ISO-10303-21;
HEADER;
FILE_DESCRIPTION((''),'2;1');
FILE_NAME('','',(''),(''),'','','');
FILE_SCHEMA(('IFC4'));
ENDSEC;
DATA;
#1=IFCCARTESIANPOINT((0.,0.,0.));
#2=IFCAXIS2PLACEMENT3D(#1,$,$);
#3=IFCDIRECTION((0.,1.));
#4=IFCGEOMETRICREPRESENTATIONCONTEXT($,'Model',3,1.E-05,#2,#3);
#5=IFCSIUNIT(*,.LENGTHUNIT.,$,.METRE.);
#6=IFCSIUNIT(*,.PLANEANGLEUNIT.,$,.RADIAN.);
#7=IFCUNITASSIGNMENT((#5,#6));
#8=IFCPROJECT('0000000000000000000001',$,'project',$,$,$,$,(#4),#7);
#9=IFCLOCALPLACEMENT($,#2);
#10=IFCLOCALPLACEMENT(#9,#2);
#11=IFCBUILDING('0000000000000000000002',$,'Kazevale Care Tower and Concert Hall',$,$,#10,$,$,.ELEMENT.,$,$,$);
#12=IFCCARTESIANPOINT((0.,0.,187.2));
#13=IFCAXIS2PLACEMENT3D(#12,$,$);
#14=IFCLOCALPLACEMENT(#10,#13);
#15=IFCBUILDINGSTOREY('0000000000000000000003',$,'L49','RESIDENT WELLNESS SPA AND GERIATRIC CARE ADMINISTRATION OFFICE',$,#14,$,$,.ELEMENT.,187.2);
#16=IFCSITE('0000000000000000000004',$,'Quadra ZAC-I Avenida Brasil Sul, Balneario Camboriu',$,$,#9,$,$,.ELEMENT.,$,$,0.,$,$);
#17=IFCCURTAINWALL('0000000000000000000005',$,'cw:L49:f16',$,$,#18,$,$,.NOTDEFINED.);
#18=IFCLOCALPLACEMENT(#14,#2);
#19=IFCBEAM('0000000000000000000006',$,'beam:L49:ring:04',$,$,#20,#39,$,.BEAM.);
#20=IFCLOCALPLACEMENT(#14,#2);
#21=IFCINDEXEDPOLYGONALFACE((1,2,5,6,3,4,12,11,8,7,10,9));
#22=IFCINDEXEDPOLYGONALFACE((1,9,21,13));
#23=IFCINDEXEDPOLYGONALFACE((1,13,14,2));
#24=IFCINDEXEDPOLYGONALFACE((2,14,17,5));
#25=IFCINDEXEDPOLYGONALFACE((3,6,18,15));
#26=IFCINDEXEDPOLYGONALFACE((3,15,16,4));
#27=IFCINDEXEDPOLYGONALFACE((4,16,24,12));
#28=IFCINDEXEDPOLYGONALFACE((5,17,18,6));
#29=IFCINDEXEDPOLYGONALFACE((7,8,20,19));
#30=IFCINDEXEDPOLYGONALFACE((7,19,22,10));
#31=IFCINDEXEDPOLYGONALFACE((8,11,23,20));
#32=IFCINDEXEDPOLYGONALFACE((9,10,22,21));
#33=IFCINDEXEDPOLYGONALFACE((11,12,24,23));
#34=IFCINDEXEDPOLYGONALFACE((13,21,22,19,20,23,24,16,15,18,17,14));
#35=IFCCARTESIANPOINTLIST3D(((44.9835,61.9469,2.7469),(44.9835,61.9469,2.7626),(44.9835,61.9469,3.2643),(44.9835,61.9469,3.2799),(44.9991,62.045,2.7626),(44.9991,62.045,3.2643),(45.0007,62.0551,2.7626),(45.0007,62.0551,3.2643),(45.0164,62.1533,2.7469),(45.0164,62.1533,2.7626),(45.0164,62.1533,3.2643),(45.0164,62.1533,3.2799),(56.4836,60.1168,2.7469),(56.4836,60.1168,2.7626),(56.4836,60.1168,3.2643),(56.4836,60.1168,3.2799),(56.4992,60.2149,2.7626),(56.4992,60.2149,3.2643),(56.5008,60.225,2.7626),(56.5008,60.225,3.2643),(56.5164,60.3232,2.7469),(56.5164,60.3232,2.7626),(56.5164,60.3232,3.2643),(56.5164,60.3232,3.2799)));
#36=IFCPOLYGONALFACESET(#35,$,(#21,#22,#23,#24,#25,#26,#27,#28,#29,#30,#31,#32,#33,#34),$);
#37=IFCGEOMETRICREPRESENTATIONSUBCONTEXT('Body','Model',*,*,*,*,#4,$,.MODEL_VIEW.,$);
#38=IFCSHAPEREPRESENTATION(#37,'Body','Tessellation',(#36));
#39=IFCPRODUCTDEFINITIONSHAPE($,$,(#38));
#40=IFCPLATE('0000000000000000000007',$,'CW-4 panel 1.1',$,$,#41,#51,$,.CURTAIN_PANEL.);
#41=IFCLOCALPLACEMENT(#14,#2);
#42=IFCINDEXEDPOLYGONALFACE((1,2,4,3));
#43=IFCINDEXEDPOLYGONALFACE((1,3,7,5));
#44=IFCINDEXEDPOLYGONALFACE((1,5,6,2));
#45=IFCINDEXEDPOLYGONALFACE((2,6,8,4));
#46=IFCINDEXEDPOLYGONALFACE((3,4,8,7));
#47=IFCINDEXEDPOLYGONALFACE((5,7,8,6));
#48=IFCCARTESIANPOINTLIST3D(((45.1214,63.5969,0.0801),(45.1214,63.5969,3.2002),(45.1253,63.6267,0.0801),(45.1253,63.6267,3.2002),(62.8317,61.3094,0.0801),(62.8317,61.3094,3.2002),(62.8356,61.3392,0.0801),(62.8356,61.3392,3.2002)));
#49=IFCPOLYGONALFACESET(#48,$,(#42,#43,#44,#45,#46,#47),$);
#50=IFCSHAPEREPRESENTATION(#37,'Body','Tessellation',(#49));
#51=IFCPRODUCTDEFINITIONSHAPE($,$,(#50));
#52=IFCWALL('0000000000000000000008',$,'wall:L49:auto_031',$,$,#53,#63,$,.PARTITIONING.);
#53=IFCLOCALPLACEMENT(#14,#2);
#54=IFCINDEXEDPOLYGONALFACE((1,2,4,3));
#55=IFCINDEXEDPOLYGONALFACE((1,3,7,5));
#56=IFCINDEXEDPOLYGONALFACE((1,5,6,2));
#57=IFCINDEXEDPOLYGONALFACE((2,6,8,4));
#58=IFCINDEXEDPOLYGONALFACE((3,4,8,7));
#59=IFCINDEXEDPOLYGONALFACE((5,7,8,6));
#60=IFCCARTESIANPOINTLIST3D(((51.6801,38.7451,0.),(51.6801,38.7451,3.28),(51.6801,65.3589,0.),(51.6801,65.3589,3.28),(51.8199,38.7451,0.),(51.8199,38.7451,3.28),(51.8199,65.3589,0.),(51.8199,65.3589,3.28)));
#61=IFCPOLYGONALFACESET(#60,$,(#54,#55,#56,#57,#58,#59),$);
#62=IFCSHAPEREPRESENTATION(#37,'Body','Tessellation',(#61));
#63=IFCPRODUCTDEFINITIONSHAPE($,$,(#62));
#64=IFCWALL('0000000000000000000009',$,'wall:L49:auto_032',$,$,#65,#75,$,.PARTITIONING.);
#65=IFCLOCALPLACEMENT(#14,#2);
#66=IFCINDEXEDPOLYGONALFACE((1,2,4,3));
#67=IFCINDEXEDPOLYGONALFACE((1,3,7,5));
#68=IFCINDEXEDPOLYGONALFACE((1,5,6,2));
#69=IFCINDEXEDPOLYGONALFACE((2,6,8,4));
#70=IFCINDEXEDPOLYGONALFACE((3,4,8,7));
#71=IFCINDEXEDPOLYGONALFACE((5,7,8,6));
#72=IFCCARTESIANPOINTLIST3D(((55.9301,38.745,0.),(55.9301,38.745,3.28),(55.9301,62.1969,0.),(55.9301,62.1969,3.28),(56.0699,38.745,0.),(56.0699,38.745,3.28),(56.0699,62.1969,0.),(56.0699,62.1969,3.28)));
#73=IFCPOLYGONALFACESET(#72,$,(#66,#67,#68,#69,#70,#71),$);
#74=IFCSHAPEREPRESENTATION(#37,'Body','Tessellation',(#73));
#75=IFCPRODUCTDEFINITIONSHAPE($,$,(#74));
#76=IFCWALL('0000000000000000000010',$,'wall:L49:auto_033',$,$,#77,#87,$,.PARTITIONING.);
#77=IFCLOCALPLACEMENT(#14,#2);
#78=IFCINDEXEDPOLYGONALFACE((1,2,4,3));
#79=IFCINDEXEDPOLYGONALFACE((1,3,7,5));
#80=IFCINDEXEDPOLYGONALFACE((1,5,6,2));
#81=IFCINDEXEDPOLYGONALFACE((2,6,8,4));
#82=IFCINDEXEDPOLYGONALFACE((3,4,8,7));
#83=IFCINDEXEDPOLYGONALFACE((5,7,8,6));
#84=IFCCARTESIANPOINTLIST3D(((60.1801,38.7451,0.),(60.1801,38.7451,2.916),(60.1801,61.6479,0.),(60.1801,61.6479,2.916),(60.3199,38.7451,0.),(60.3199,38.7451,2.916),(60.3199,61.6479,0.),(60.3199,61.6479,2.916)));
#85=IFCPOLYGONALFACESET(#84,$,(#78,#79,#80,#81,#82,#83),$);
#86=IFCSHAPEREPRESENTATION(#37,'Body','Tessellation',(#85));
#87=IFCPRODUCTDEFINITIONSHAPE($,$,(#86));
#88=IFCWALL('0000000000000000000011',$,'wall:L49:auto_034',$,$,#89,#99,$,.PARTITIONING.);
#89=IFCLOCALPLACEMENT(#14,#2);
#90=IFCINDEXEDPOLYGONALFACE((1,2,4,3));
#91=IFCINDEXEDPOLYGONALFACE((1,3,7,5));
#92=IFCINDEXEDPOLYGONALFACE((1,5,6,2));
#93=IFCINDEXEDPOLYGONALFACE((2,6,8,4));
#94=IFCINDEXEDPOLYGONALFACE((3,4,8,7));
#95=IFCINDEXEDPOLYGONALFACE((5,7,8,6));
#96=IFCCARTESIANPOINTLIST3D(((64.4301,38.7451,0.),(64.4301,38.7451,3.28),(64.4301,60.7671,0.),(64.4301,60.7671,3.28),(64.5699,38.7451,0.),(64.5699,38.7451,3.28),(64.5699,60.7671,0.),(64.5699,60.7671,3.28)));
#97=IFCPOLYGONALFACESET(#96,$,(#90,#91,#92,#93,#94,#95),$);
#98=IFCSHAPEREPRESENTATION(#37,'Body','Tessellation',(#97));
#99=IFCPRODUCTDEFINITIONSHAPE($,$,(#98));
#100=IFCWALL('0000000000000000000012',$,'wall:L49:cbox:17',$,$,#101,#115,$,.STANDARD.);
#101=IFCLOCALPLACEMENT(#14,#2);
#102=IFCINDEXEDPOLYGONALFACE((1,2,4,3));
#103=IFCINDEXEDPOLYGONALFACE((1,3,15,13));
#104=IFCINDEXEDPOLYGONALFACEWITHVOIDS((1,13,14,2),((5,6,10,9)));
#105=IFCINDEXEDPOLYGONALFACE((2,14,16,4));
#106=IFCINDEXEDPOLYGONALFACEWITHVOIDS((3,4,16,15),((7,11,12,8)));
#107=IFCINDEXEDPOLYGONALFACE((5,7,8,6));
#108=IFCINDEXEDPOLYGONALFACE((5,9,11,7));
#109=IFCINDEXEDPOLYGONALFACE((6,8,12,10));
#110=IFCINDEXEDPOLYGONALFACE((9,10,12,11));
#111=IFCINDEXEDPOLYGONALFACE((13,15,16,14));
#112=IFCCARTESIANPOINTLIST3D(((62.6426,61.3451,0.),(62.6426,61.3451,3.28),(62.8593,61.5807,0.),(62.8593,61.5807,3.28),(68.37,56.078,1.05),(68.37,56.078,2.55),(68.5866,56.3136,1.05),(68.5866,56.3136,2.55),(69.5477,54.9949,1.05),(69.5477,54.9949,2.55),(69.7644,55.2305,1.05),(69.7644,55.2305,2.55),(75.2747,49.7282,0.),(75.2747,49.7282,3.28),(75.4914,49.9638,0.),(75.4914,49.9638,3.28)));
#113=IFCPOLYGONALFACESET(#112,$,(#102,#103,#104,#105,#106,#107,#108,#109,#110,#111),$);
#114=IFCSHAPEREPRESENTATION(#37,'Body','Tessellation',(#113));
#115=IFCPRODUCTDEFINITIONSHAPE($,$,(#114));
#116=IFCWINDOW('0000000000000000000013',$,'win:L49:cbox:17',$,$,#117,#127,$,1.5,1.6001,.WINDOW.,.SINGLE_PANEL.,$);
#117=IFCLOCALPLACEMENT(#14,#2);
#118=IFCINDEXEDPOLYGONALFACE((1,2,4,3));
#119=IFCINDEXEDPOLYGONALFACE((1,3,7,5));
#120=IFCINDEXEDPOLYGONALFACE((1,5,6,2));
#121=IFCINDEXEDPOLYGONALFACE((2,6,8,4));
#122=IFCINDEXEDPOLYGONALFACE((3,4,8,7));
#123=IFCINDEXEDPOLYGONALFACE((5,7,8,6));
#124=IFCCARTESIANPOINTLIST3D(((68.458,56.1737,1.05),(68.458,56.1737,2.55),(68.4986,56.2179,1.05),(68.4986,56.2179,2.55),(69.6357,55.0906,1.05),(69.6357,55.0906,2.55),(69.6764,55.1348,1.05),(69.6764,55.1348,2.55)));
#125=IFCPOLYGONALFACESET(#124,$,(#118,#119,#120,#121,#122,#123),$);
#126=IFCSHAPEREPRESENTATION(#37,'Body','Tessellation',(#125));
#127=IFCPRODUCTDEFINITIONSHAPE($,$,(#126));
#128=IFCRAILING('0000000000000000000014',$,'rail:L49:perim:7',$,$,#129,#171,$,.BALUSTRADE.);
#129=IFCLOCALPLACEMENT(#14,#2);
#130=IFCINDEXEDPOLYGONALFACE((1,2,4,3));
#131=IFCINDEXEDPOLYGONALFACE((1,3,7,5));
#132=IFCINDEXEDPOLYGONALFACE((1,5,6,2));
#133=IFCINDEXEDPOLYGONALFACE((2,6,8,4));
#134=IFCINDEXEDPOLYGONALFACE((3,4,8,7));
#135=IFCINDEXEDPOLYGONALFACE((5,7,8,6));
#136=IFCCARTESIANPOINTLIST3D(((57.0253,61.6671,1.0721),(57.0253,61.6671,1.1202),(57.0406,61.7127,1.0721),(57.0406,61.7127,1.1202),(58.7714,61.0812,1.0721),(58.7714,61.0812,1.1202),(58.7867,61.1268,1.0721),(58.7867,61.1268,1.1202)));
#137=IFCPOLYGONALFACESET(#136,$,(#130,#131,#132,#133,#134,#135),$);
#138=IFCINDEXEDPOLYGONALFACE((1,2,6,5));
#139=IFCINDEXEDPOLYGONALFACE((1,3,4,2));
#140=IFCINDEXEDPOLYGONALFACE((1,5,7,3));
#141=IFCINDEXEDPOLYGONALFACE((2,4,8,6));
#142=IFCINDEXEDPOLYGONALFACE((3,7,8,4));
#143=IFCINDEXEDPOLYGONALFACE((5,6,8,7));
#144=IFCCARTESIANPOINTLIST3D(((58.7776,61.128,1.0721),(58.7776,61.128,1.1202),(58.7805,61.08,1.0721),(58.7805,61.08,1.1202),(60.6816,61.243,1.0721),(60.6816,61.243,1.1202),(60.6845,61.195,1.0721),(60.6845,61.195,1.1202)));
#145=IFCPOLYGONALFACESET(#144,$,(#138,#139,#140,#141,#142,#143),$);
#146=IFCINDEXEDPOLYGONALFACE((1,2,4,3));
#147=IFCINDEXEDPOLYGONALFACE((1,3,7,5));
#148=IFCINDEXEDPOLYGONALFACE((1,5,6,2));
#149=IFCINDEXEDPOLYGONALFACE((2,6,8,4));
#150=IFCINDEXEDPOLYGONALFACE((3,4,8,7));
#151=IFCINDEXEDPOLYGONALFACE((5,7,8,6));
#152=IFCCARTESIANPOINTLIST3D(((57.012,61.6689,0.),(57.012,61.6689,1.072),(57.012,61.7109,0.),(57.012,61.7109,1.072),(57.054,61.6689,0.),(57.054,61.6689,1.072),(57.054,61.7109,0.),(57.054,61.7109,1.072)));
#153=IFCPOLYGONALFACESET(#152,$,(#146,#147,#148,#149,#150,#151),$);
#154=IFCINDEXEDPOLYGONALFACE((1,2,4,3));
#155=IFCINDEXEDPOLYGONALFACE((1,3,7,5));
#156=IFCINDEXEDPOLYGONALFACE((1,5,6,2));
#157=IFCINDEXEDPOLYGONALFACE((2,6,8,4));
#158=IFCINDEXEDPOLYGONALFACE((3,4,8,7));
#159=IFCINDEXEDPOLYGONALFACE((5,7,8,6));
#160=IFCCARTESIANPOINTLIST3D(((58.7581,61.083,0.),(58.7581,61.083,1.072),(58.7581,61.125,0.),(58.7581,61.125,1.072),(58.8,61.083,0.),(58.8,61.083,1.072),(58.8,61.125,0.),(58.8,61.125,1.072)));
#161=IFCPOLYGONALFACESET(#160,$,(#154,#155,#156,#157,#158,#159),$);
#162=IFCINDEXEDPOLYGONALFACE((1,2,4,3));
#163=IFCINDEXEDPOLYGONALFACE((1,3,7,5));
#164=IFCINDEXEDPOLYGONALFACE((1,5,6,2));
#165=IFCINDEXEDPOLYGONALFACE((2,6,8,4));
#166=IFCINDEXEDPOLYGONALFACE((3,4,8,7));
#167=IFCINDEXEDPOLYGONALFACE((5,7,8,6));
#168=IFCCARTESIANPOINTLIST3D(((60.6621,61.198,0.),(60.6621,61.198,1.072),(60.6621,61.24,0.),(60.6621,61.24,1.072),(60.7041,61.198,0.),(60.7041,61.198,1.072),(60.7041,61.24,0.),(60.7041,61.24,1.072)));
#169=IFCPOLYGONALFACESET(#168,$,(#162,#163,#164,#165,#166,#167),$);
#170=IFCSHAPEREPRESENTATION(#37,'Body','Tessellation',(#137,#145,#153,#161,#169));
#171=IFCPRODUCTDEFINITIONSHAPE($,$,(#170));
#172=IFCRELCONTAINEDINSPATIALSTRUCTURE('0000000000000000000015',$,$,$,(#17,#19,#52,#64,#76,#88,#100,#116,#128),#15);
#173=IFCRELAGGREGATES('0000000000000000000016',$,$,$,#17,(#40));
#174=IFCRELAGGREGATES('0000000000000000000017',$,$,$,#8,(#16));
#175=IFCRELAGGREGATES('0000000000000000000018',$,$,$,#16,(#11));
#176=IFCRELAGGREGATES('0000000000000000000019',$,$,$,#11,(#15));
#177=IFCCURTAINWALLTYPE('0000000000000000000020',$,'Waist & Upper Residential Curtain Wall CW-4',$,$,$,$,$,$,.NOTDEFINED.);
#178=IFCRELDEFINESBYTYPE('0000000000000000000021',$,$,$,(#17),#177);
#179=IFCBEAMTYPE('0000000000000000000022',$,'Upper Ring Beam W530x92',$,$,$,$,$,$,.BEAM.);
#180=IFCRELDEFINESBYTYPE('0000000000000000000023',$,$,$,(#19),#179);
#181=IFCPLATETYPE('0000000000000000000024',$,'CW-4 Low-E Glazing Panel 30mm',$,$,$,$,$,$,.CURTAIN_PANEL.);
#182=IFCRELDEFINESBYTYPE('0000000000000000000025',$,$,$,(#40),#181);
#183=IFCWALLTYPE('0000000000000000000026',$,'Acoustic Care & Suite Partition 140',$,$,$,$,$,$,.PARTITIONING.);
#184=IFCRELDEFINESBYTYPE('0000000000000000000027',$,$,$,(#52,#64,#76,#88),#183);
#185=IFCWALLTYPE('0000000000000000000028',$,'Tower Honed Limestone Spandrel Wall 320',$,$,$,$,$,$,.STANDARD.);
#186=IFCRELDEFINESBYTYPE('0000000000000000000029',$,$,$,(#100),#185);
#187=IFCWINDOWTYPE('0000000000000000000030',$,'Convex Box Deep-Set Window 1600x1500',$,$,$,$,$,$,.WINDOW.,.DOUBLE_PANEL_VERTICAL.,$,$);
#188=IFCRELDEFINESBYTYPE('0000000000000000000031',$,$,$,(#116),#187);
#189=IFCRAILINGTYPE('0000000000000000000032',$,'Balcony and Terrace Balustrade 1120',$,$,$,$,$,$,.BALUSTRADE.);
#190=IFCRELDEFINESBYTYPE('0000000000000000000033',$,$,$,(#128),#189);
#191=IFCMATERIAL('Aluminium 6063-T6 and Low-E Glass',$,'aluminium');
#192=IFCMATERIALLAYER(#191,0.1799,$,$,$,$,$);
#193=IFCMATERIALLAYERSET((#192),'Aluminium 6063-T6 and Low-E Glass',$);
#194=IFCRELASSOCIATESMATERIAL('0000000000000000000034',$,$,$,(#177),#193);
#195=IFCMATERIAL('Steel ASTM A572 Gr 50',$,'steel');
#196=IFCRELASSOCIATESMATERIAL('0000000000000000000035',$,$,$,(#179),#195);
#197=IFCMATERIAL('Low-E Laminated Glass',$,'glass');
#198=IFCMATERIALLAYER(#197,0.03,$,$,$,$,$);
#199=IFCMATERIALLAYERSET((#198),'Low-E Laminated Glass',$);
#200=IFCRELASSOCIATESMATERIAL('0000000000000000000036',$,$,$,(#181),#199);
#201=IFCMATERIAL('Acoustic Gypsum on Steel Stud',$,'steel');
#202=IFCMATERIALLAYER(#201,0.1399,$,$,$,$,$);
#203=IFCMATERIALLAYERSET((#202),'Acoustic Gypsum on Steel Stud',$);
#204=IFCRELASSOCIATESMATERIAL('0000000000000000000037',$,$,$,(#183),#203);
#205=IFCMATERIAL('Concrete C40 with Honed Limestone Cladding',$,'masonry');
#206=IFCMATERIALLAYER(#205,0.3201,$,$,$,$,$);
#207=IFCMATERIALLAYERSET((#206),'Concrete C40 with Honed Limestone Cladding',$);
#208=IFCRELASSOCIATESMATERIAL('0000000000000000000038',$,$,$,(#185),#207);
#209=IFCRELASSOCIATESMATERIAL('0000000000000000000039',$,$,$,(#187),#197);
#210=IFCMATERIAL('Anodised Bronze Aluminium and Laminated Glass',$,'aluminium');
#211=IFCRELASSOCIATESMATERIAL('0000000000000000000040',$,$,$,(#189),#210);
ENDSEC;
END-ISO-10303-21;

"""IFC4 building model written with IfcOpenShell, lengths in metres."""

from ifc_helpers import new_model, si_unit, direction, frame, frame_2d, origin, origin_2d, place, context, subcontext, project, spatial, rectangle, i_section, extrude, material, layer, layer_set, material_profile, profile_set, type_object, element, fill, aggregate, save


model = new_model("IFC4")

# Units and contexts
model_context = context("Model", 3, precision=1e-05, world=origin(), true_north=direction((0.0, 1.0)))
body_context = subcontext(model_context, "Body", "Model", "MODEL_VIEW")
ifc_project = project(units=[si_unit("LENGTHUNIT", "METRE"), si_unit("PLANEANGLEUNIT", "RADIAN")], contexts=[model_context])

# Site, building, storey
site_placement = place(None, origin())
site = spatial("IfcSite", under=ifc_project, at=site_placement, Name="Quadra ZAC-I Avenida Brasil Sul, Balneario Camboriu", CompositionType="ELEMENT", RefElevation=0.0)
building_placement = place(site_placement, origin())
building = spatial("IfcBuilding", under=site, at=building_placement, Name="Kazevale Care Tower and Concert Hall", CompositionType="ELEMENT")
storey_placement = place(building_placement, frame((0.0, 0.0, 187.2)))
storey = spatial("IfcBuildingStorey", under=building, at=storey_placement, Name="L49", Description="RESIDENT WELLNESS SPA AND GERIATRIC CARE ADMINISTRATION OFFICE", CompositionType="ELEMENT", Elevation=187.2)

# Curtain wall
ifc_material_1 = material(Name="Aluminium 6063-T6 and Low-E Glass", Category="aluminium")
ifc_layer_1 = layer(ifc_material_1, 0.1799)
ifc_layer_set_1 = layer_set([ifc_layer_1], Name="Aluminium 6063-T6 and Low-E Glass")
curtain_wall_type = type_object("IfcCurtainWallType", Name="Waist & Upper Residential Curtain Wall CW-4", PredefinedType="NOTDEFINED", material=ifc_layer_set_1)
curtain_wall_1_placement = place(storey_placement, origin())
curtain_wall_1 = element("IfcCurtainWall", 1, at=curtain_wall_1_placement, inside=storey, type_object=curtain_wall_type, Name="cw:L49:f16", PredefinedType="NOTDEFINED")

# Beam
ifc_material_2 = material(Name="Steel ASTM A572 Gr 50", Category="steel")
ifc_material_profile_1 = material_profile(ifc_material_2, i_section(OverallWidth=0.209, OverallDepth=0.533, WebThickness=0.0103, FlangeThickness=0.0156, at=origin_2d()), Name="W530x92")
ifc_profile_set_1 = profile_set([ifc_material_profile_1], Name="Steel ASTM A572 Gr 50")
beam_type = type_object("IfcBeamType", Name="Upper Ring Beam W530x92", PredefinedType="BEAM", material=ifc_profile_set_1)
beam_1_placement = place(storey_placement, frame((56.5, 60.22, 3.0134), z_axis=(-0.987573, 0.15716, 0.0), x_axis=(-0.15716, -0.987573, 0.0)))
element("IfcBeam", 2, at=beam_1_placement, inside=storey, type_object=beam_type, Name="beam:L49:ring:04", PredefinedType="BEAM", context=body_context, shape_type="SweptSolid", body=[
    extrude(i_section(OverallWidth=0.209, OverallDepth=0.533, WebThickness=0.0103, FlangeThickness=0.0156, at=origin_2d()), origin(), (0.0, 0.0, 1.0), 11.6448),
])

# Plate
ifc_material_3 = material(Name="Low-E Laminated Glass", Category="glass")
ifc_layer_2 = layer(ifc_material_3, 0.03)
ifc_layer_set_2 = layer_set([ifc_layer_2], Name="Low-E Laminated Glass")
plate_type = type_object("IfcPlateType", Name="CW-4 Low-E Glazing Panel 30mm", PredefinedType="CURTAIN_PANEL", material=ifc_layer_set_2)
plate_placement = place(storey_placement, frame((53.9785, 62.468, 0.0801), z_axis=(0.0, 0.0, 1.0), x_axis=(0.991761, -0.128098, 0.0)))
plate = element("IfcPlate", 3, at=plate_placement, type_object=plate_type, Name="CW-4 panel 1.1", PredefinedType="CURTAIN_PANEL", context=body_context, shape_type="SweptSolid", body=[
    extrude(rectangle(XDim=17.8574, YDim=0.03, at=origin_2d()), origin(), (0.0, 0.0, 1.0), 3.1201),
])
aggregate(curtain_wall_1, [plate])

# Walls
ifc_material_4 = material(Name="Acoustic Gypsum on Steel Stud", Category="steel")
ifc_layer_3 = layer(ifc_material_4, 0.1399)
ifc_layer_set_3 = layer_set([ifc_layer_3], Name="Acoustic Gypsum on Steel Stud")
wall_type_1 = type_object("IfcWallType", Name="Acoustic Care & Suite Partition 140", PredefinedType="PARTITIONING", material=ifc_layer_set_3)
wall_1_placement = place(storey_placement, frame((51.75, 65.3589, 0.0), z_axis=(0.0, 0.0, 1.0), x_axis=(0.0, -1.0, 0.0)))
element("IfcWall", 4, at=wall_1_placement, inside=storey, type_object=wall_type_1, Name="wall:L49:auto_031", PredefinedType="PARTITIONING", context=body_context, shape_type="SweptSolid", body=[
    extrude(rectangle(XDim=26.6138, YDim=0.1399, at=frame_2d((13.3069, 0.0))), origin(), (0.0, 0.0, 1.0), 3.28),
])
wall_2_placement = place(storey_placement, frame((56.0, 62.197, 0.0), z_axis=(0.0, 0.0, 1.0), x_axis=(0.0, -1.0, 0.0)))
element("IfcWall", 5, at=wall_2_placement, inside=storey, type_object=wall_type_1, Name="wall:L49:auto_032", PredefinedType="PARTITIONING", context=body_context, shape_type="SweptSolid", body=[
    extrude(rectangle(XDim=23.4519, YDim=0.1399, at=frame_2d((11.7261, 0.0))), origin(), (0.0, 0.0, 1.0), 3.28),
])
wall_3_placement = place(storey_placement, frame((60.25, 61.6479, 0.0), z_axis=(0.0, 0.0, 1.0), x_axis=(0.0, -1.0, 0.0)))
element("IfcWall", 6, at=wall_3_placement, inside=storey, type_object=wall_type_1, Name="wall:L49:auto_033", PredefinedType="PARTITIONING", context=body_context, shape_type="SweptSolid", body=[
    extrude(rectangle(XDim=22.9028, YDim=0.1399, at=frame_2d((11.4514, 0.0))), origin(), (0.0, 0.0, 1.0), 2.916),
])
wall_4_placement = place(storey_placement, frame((64.5, 60.7671, 0.0), z_axis=(0.0, 0.0, 1.0), x_axis=(0.0, -1.0, 0.0)))
element("IfcWall", 7, at=wall_4_placement, inside=storey, type_object=wall_type_1, Name="wall:L49:auto_034", PredefinedType="PARTITIONING", context=body_context, shape_type="SweptSolid", body=[
    extrude(rectangle(XDim=22.022, YDim=0.1399, at=frame_2d((11.011, 0.0))), origin(), (0.0, 0.0, 1.0), 3.28),
])

# Wall, opening, window
ifc_material_5 = material(Name="Concrete C40 with Honed Limestone Cladding", Category="masonry")
ifc_layer_4 = layer(ifc_material_5, 0.3201)
ifc_layer_set_4 = layer_set([ifc_layer_4], Name="Concrete C40 with Honed Limestone Cladding")
wall_type_2 = type_object("IfcWallType", Name="Tower Honed Limestone Spandrel Wall 320", PredefinedType="STANDARD", material=ifc_layer_set_4)
wall_5_placement = place(storey_placement, frame((62.751, 61.4629, 0.0), z_axis=(0.0, 0.0, 1.0), x_axis=(0.736064, -0.676912, 0.0)))
wall_5 = element("IfcWall", 8, at=wall_5_placement, inside=storey, type_object=wall_type_2, Name="wall:L49:cbox:17", PredefinedType="STANDARD", context=body_context, shape_type="SweptSolid", body=[
    extrude(rectangle(XDim=17.1616, YDim=0.3201, at=frame_2d((8.5808, 0.0))), origin(), (0.0, 0.0, 1.0), 3.28),
])
opening_placement = place(wall_5_placement, frame((7.781, 0.0, 1.05)))
opening = element("IfcOpeningElement", 9, at=opening_placement, cuts=wall_5, PredefinedType="OPENING", context=body_context, shape_type="SweptSolid", body=[
    extrude(rectangle(XDim=1.6001, YDim=1.5, at=frame_2d((0.8, 0.75))), frame((0.0, 0.1699, 0.0), z_axis=(0.0, -1.0, 0.0), x_axis=(1.0, 0.0, 0.0)), (0.0, 0.0, 1.0), 0.3401),
])
window_type = type_object("IfcWindowType", Name="Convex Box Deep-Set Window 1600x1500", PartitioningType="DOUBLE_PANEL_VERTICAL", PredefinedType="WINDOW", material=ifc_material_3)
window_placement = place(opening_placement, origin())
window = element("IfcWindow", 10, at=window_placement, inside=storey, type_object=window_type, Name="win:L49:cbox:17", OverallHeight=1.5, OverallWidth=1.6001, PartitioningType="SINGLE_PANEL", PredefinedType="WINDOW", context=body_context, shape_type="SweptSolid", body=[
    extrude(rectangle(XDim=1.6001, YDim=1.5, at=frame_2d((0.8, 0.75))), frame((0.0, 0.03, 0.0), z_axis=(0.0, -1.0, 0.0), x_axis=(1.0, 0.0, 0.0)), (0.0, 0.0, 1.0), 0.0601),
])
fill(opening, window)

# Railing
ifc_material_6 = material(Name="Anodised Bronze Aluminium and Laminated Glass", Category="aluminium")
railing_type = type_object("IfcRailingType", Name="Balcony and Terrace Balustrade 1120", PredefinedType="BALUSTRADE", material=ifc_material_6)
railing_1_placement = place(storey_placement, frame((57.033, 61.6899, 0.0)))
element("IfcRailing", 11, at=railing_1_placement, inside=storey, type_object=railing_type, Name="rail:L49:perim:7", PredefinedType="BALUSTRADE", context=body_context, shape_type="SweptSolid", body=[
    extrude(rectangle(XDim=0.0481, YDim=0.0481, at=origin_2d()), frame((0.0, 0.0, 1.0962), z_axis=(0.948045, -0.318136, 0.0), x_axis=(0.318136, 0.948045, 0.0)), (0.0, 0.0, 1.0), 1.8418),
    extrude(rectangle(XDim=0.0481, YDim=0.0481, at=origin_2d()), frame((1.7461, -0.5859, 1.0962), z_axis=(0.998181, 0.060283, 0.0), x_axis=(-0.060283, 0.998181, 0.0)), (0.0, 0.0, 1.0), 1.9075),
    extrude(rectangle(XDim=0.042, YDim=0.042, at=origin_2d()), origin(), (0.0, 0.0, 1.0), 1.072),
    extrude(rectangle(XDim=0.042, YDim=0.042, at=origin_2d()), frame((1.7461, -0.5859, 0.0)), (0.0, 0.0, 1.0), 1.072),
    extrude(rectangle(XDim=0.042, YDim=0.042, at=origin_2d()), frame((3.6501, -0.4709, 0.0)), (0.0, 0.0, 1.0), 1.072),
])

save(model, "model.ifc")
